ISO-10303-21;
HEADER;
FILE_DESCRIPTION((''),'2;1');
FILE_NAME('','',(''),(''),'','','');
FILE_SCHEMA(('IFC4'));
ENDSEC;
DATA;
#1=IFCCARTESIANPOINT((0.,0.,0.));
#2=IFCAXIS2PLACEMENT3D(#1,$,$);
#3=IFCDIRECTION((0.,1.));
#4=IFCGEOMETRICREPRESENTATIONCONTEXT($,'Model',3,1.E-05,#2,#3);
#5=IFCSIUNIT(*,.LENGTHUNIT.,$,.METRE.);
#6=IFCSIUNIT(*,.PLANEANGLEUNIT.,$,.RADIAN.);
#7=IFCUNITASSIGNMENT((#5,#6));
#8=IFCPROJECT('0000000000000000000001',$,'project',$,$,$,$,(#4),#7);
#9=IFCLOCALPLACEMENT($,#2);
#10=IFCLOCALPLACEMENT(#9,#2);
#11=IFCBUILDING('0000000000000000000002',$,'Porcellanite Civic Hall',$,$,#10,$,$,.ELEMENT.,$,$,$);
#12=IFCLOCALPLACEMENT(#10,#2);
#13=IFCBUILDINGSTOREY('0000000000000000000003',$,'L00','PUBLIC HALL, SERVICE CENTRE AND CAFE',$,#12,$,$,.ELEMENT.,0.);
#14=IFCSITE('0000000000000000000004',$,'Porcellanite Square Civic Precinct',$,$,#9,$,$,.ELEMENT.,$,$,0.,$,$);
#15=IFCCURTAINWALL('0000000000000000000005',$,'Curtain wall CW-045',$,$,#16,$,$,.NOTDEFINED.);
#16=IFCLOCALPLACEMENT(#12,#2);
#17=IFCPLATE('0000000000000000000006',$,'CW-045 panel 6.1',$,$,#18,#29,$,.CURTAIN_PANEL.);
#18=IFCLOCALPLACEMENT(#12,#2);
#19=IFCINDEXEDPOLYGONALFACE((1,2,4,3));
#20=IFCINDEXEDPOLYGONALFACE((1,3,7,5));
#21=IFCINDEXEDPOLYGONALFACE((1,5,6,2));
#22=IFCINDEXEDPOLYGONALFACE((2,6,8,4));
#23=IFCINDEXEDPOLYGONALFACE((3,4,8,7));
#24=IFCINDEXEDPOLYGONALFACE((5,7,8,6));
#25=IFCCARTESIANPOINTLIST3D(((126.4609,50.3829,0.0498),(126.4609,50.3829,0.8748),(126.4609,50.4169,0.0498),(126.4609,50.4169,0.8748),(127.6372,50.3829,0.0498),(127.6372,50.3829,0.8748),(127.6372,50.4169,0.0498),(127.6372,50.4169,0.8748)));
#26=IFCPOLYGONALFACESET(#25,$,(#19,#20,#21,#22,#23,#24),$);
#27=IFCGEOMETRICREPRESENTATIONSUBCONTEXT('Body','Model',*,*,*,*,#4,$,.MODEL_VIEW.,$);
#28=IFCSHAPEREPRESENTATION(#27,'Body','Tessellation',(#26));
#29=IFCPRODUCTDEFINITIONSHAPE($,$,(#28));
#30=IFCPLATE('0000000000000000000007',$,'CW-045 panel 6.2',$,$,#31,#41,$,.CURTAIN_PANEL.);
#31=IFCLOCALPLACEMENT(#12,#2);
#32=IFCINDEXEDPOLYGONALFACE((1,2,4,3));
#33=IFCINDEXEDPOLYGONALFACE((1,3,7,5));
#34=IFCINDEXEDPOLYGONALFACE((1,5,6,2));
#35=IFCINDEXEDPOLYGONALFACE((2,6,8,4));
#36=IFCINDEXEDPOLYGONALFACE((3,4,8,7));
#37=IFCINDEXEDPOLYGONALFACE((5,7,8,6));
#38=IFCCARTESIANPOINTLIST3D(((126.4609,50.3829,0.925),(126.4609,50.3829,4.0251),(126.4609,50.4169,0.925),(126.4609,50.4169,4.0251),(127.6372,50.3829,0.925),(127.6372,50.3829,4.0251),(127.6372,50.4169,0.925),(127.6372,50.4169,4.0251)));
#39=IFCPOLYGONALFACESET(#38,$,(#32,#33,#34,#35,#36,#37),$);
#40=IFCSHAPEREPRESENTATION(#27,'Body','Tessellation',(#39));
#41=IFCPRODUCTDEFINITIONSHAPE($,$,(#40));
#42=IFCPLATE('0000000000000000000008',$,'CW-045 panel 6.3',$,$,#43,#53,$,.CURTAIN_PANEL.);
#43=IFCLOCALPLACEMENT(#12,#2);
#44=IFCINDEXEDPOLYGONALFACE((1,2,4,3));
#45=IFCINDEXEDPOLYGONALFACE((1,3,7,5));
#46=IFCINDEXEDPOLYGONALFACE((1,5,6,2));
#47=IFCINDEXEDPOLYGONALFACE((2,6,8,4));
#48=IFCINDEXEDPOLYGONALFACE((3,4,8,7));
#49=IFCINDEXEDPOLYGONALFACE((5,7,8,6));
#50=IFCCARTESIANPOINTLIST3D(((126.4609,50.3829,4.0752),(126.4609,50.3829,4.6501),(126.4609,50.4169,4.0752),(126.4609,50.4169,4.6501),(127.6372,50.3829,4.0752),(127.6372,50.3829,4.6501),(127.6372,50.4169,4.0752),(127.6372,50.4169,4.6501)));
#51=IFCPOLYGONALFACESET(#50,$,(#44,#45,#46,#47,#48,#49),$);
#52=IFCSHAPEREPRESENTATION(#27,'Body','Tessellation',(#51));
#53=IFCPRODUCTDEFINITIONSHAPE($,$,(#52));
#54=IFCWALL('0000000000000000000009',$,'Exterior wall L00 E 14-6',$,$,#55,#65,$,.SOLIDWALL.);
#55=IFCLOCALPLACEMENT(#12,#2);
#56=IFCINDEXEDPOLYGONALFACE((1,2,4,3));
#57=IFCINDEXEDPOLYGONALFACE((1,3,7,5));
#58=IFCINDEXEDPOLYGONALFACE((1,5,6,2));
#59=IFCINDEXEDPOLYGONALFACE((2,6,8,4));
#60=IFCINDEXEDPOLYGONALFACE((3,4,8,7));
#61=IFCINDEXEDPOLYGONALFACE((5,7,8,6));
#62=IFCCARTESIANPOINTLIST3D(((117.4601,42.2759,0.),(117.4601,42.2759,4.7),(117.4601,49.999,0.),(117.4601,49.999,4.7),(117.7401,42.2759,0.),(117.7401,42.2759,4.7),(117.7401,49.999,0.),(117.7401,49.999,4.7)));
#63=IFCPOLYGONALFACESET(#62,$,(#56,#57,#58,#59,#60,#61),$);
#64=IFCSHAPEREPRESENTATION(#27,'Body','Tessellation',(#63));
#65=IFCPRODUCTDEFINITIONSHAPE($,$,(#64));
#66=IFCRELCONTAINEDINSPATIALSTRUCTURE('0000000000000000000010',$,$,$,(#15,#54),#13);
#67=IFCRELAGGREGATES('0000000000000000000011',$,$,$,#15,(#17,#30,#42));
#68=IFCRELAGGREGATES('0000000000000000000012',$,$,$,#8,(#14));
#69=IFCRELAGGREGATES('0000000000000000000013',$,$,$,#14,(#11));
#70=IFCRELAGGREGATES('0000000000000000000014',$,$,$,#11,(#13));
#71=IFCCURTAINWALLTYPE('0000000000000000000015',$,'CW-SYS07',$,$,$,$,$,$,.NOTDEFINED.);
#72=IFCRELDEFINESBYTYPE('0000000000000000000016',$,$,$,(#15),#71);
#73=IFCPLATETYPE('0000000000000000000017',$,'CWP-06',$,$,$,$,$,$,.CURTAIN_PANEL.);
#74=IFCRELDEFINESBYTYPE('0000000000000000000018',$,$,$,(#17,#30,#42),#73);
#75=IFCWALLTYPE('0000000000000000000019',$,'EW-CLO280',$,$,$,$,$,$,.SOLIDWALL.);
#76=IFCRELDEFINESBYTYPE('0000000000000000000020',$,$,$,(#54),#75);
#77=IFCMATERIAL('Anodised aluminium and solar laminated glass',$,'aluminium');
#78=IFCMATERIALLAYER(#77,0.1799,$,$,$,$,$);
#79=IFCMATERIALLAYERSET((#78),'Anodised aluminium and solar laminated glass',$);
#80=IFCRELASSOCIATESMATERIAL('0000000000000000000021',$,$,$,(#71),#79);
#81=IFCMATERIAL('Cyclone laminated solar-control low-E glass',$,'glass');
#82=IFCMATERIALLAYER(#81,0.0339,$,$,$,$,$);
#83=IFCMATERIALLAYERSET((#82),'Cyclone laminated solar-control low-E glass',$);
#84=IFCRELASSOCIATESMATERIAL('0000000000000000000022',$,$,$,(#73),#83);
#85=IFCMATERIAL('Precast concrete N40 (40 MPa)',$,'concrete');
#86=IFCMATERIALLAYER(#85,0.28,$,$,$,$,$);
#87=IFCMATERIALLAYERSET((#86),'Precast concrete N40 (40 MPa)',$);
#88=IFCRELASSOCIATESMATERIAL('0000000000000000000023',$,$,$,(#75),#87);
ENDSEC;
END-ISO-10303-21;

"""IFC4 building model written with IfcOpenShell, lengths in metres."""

from ifc_helpers import new_model, si_unit, direction, frame, frame_2d, origin, origin_2d, place, context, subcontext, project, spatial, rectangle, extrude, material, layer, layer_set, type_object, element, aggregate, save


model = new_model("IFC4")

# Units and contexts
model_context = context("Model", 3, precision=1e-05, world=origin(), true_north=direction((0.0, 1.0)))
body_context = subcontext(model_context, "Body", "Model", "MODEL_VIEW")
ifc_project = project(units=[si_unit("LENGTHUNIT", "METRE"), si_unit("PLANEANGLEUNIT", "RADIAN")], contexts=[model_context])

# Site, building, storey
site_placement = place(None, origin())
site = spatial("IfcSite", under=ifc_project, at=site_placement, Name="Porcellanite Square Civic Precinct", CompositionType="ELEMENT", RefElevation=0.0)
building_placement = place(site_placement, origin())
building = spatial("IfcBuilding", under=site, at=building_placement, Name="Porcellanite Civic Hall", CompositionType="ELEMENT")
storey_placement = place(building_placement, origin())
storey = spatial("IfcBuildingStorey", under=building, at=storey_placement, Name="L00", Description="PUBLIC HALL, SERVICE CENTRE AND CAFE", CompositionType="ELEMENT", Elevation=0.0)

# Curtain wall, plates
ifc_material_1 = material(Name="Anodised aluminium and solar laminated glass", Category="aluminium")
ifc_layer_1 = layer(ifc_material_1, 0.1799)
ifc_layer_set_1 = layer_set([ifc_layer_1], Name="Anodised aluminium and solar laminated glass")
curtain_wall_type = type_object("IfcCurtainWallType", Name="CW-SYS07", PredefinedType="NOTDEFINED", material=ifc_layer_set_1)
curtain_wall_placement = place(storey_placement, origin())
curtain_wall = element("IfcCurtainWall", 1, at=curtain_wall_placement, inside=storey, type_object=curtain_wall_type, Name="Curtain wall CW-045", PredefinedType="NOTDEFINED")
ifc_material_2 = material(Name="Cyclone laminated solar-control low-E glass", Category="glass")
ifc_layer_2 = layer(ifc_material_2, 0.0339)
ifc_layer_set_2 = layer_set([ifc_layer_2], Name="Cyclone laminated solar-control low-E glass")
plate_type = type_object("IfcPlateType", Name="CWP-06", PredefinedType="CURTAIN_PANEL", material=ifc_layer_set_2)
plate_1_placement = place(storey_placement, frame((127.0491, 50.3999, 0.0498), z_axis=(0.0, 0.0, 1.0), x_axis=(-1.0, 0.0, 0.0)))
plate_1 = element("IfcPlate", 2, at=plate_1_placement, type_object=plate_type, Name="CW-045 panel 6.1", PredefinedType="CURTAIN_PANEL", context=body_context, shape_type="SweptSolid", body=[
    extrude(rectangle(XDim=1.1763, YDim=0.0339, at=origin_2d()), origin(), (0.0, 0.0, 1.0), 0.825),
])
plate_2_placement = place(storey_placement, frame((127.0491, 50.3999, 0.925), z_axis=(0.0, 0.0, 1.0), x_axis=(-1.0, 0.0, 0.0)))
plate_2 = element("IfcPlate", 3, at=plate_2_placement, type_object=plate_type, Name="CW-045 panel 6.2", PredefinedType="CURTAIN_PANEL", context=body_context, shape_type="SweptSolid", body=[
    extrude(rectangle(XDim=1.1763, YDim=0.0339, at=origin_2d()), origin(), (0.0, 0.0, 1.0), 3.1001),
])
plate_3_placement = place(storey_placement, frame((127.0491, 50.3999, 4.0752), z_axis=(0.0, 0.0, 1.0), x_axis=(-1.0, 0.0, 0.0)))
plate_3 = element("IfcPlate", 4, at=plate_3_placement, type_object=plate_type, Name="CW-045 panel 6.3", PredefinedType="CURTAIN_PANEL", context=body_context, shape_type="SweptSolid", body=[
    extrude(rectangle(XDim=1.1763, YDim=0.0339, at=origin_2d()), origin(), (0.0, 0.0, 1.0), 0.575),
])
aggregate(curtain_wall, [plate_1, plate_2, plate_3])

# Wall
ifc_material_3 = material(Name="Precast concrete N40 (40 MPa)", Category="concrete")
ifc_layer_3 = layer(ifc_material_3, 0.28)
ifc_layer_set_3 = layer_set([ifc_layer_3], Name="Precast concrete N40 (40 MPa)")
wall_type = type_object("IfcWallType", Name="EW-CLO280", PredefinedType="SOLIDWALL", material=ifc_layer_set_3)
wall_1_placement = place(storey_placement, frame((117.6001, 49.999, 0.0), z_axis=(0.0, 0.0, 1.0), x_axis=(0.0, -1.0, 0.0)))
element("IfcWall", 5, at=wall_1_placement, inside=storey, type_object=wall_type, Name="Exterior wall L00 E 14-6", PredefinedType="SOLIDWALL", context=body_context, shape_type="SweptSolid", body=[
    extrude(rectangle(XDim=7.7231, YDim=0.28, at=frame_2d((3.8616, 0.0))), origin(), (0.0, 0.0, 1.0), 4.7),
])

save(model, "model.ifc")
